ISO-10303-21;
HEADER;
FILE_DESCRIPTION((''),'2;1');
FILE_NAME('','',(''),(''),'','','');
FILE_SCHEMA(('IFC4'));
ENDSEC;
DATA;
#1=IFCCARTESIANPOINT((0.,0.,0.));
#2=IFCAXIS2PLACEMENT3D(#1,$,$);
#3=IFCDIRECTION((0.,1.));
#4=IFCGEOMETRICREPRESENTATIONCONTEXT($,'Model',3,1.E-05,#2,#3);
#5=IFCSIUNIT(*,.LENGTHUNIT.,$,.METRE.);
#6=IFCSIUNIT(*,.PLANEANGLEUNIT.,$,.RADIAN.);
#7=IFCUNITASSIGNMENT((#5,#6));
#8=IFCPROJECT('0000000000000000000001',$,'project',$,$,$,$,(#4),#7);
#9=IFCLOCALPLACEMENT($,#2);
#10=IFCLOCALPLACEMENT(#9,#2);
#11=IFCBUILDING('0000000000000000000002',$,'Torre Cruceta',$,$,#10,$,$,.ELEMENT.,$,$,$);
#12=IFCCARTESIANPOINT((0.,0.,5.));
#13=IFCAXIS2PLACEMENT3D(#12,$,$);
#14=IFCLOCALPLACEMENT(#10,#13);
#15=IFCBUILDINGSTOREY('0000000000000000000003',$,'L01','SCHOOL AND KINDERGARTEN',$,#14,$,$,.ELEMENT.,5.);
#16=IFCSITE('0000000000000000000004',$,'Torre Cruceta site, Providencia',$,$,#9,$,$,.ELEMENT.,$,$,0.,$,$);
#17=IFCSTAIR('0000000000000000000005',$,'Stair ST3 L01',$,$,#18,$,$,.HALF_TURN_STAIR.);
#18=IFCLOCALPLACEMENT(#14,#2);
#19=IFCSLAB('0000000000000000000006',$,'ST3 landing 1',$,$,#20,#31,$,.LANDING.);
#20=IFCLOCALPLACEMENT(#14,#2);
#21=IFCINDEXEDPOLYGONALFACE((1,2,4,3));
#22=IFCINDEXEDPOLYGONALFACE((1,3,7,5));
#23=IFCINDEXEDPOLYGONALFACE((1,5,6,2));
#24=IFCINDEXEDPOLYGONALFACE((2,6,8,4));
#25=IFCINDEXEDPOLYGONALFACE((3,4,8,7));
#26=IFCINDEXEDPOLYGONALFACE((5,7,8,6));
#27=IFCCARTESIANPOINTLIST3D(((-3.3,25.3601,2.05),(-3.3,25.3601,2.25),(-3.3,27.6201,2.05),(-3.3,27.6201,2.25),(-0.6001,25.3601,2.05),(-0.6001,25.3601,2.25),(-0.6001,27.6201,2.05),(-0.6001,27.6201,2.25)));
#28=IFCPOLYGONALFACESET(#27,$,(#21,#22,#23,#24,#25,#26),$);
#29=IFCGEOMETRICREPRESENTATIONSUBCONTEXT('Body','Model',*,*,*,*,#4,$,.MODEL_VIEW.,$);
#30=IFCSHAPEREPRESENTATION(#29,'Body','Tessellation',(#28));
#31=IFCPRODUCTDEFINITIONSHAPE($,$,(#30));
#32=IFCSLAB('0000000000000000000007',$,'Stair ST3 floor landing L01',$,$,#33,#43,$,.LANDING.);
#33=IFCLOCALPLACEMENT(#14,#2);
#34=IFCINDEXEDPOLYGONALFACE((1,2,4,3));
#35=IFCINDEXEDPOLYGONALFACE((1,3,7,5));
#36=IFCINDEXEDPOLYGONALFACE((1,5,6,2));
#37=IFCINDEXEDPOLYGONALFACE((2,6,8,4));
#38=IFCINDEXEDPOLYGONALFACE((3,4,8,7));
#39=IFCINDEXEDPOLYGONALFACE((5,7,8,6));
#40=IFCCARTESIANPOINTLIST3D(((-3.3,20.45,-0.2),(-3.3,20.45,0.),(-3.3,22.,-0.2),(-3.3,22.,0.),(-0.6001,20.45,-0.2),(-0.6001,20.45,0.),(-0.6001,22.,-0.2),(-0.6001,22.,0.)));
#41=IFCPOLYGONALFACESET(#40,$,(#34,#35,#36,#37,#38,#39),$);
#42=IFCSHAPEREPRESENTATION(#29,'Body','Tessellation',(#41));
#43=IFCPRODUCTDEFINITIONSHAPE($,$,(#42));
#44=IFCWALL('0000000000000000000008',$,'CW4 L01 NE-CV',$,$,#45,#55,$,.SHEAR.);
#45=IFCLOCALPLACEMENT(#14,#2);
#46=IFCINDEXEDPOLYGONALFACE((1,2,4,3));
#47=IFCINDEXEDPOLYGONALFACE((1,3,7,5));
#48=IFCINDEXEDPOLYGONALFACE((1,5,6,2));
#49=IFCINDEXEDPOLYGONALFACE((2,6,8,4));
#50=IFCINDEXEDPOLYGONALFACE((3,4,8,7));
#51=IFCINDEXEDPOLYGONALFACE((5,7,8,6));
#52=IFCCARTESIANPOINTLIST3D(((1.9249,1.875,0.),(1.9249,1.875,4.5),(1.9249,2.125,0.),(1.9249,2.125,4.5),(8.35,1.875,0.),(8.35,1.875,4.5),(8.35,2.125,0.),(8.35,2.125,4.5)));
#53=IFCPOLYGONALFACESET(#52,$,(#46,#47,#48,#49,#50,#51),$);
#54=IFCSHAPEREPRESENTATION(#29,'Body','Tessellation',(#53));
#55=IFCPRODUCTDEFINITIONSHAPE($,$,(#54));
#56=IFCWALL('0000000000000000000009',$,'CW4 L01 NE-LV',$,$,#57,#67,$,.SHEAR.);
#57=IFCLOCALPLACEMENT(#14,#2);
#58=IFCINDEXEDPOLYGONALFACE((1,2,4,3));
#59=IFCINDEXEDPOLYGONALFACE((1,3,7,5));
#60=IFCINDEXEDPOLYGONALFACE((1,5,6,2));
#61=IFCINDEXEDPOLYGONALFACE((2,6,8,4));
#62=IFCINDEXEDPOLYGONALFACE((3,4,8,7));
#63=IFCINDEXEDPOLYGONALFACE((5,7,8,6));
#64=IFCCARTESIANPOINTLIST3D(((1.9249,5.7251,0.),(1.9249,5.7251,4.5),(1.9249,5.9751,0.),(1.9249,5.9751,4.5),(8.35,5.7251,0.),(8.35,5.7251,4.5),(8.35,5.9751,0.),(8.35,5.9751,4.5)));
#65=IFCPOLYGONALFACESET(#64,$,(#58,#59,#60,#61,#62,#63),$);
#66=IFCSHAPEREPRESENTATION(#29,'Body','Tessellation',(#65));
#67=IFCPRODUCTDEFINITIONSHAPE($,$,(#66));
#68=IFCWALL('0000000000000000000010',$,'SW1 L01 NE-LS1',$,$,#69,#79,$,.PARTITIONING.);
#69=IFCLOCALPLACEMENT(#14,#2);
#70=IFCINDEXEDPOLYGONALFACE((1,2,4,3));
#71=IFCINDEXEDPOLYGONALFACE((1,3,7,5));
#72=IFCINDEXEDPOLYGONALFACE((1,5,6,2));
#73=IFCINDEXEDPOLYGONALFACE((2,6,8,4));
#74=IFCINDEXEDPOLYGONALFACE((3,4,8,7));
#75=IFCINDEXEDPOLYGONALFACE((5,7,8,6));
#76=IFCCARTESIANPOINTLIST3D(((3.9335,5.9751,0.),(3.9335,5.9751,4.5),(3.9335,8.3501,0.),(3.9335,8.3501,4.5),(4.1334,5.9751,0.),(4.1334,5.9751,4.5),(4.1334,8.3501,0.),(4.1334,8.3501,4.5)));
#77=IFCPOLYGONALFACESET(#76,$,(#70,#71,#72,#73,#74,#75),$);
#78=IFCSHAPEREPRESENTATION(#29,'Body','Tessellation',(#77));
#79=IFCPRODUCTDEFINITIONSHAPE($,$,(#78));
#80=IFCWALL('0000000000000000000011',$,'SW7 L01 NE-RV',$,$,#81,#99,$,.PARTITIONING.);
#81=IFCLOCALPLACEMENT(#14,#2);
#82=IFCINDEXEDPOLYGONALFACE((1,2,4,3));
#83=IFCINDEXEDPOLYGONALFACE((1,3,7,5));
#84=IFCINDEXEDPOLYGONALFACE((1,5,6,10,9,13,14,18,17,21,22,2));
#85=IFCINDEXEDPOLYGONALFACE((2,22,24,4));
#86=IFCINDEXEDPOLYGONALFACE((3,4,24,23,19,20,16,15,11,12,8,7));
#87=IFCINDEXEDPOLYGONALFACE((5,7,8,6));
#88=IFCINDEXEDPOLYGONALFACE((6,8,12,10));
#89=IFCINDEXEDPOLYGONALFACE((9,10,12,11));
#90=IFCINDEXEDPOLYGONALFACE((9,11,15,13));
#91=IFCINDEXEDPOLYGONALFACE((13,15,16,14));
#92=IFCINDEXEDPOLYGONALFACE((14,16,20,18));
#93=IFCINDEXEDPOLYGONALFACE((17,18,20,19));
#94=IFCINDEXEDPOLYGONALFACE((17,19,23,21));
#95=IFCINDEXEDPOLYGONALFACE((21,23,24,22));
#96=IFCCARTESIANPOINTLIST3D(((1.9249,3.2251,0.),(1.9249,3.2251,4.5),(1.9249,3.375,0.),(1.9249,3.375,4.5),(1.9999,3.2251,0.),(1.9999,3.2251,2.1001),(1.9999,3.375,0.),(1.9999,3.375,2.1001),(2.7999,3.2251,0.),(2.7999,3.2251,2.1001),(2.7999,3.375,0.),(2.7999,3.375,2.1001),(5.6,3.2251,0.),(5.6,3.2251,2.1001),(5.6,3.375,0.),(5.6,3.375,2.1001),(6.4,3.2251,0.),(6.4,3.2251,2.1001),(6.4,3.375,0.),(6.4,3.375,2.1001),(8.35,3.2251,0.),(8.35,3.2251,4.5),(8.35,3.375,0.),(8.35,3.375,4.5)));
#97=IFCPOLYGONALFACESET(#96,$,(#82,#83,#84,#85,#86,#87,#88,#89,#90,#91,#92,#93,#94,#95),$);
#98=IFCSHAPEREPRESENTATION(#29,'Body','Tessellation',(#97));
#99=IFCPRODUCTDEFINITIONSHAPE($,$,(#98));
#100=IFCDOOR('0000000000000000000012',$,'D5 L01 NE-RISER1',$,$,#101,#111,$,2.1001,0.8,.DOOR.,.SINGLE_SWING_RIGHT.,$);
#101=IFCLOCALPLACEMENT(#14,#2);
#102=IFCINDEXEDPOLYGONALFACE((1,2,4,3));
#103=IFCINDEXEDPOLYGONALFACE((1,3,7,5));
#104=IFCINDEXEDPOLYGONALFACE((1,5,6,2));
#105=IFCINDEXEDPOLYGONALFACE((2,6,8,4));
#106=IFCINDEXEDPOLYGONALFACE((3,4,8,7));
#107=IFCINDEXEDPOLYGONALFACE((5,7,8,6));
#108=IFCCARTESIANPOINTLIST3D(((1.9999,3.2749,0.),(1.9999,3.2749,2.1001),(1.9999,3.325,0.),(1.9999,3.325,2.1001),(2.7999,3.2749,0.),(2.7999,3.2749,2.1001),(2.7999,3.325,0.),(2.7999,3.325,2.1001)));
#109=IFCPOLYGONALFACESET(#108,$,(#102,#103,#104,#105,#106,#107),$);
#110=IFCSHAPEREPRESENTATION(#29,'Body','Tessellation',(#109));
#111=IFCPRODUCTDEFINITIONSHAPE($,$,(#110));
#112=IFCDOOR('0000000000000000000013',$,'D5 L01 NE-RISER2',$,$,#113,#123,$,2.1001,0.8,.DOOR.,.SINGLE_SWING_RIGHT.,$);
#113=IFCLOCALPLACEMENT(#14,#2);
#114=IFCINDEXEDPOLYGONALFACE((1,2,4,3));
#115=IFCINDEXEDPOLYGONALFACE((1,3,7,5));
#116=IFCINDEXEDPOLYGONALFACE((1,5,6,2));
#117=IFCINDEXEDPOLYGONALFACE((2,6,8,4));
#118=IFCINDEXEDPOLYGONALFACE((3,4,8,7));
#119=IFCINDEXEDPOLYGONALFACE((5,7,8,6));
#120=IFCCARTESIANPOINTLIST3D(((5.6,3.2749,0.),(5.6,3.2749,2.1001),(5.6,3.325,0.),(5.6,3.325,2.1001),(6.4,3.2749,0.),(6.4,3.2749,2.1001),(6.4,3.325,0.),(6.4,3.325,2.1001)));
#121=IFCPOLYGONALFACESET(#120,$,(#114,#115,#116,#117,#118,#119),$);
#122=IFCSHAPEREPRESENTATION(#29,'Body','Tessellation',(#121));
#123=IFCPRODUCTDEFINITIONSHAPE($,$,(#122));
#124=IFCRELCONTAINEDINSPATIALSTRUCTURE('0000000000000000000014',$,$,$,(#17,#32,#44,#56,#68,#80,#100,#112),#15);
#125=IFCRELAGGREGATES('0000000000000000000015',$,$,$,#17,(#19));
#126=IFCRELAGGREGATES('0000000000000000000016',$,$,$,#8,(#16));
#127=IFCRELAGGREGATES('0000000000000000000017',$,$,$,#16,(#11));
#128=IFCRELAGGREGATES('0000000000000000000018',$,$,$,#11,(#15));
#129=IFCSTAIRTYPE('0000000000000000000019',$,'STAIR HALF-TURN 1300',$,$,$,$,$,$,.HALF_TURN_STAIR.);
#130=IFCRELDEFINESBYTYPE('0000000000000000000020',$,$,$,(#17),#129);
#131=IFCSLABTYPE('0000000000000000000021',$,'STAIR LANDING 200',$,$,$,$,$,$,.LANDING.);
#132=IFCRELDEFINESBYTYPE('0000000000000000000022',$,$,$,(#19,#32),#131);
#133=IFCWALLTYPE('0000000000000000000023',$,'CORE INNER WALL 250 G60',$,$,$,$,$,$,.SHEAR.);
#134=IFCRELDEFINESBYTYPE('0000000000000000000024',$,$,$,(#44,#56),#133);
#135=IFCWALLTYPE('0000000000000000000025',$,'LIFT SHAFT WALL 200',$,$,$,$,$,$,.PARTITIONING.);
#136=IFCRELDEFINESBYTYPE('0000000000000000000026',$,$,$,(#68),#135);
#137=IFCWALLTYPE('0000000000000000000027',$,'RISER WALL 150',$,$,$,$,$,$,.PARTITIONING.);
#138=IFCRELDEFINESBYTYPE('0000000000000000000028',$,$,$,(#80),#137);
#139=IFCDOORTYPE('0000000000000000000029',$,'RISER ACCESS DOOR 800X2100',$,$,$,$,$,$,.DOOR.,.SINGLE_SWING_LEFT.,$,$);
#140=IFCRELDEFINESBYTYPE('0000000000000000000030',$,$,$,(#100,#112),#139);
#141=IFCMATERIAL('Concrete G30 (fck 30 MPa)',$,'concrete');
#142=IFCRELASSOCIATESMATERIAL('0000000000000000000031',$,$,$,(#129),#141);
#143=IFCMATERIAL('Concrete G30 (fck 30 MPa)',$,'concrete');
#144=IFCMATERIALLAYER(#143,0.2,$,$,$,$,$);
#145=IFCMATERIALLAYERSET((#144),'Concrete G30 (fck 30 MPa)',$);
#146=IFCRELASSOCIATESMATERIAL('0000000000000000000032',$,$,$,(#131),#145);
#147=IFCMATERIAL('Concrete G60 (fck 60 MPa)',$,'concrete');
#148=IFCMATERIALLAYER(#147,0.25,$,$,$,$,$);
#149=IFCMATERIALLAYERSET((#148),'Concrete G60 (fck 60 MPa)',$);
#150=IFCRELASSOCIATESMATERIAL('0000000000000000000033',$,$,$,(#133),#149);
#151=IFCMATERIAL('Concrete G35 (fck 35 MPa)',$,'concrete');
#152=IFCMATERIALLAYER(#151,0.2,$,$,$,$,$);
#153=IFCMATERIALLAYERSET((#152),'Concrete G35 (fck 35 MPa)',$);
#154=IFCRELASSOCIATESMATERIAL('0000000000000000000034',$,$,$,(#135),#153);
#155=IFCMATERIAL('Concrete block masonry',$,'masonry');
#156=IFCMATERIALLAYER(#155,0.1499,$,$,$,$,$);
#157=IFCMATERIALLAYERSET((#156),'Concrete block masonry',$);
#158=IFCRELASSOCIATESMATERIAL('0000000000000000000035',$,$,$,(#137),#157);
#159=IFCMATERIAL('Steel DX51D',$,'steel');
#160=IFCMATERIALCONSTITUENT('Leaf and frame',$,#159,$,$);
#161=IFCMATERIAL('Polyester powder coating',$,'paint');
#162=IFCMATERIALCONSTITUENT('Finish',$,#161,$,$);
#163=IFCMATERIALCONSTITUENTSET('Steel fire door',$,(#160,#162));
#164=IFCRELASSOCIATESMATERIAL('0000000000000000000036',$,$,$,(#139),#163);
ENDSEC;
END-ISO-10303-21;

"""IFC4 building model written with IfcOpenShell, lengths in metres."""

from ifc_helpers import new_model, si_unit, direction, frame, frame_2d, origin, place, context, subcontext, project, spatial, polyline, rectangle, outline, extrude, material, layer, layer_set, constituent, constituent_set, type_object, element, fill, aggregate, save


model = new_model("IFC4")

# Units and contexts
model_context = context("Model", 3, precision=1e-05, world=origin(), true_north=direction((0.0, 1.0)))
body_context = subcontext(model_context, "Body", "Model", "MODEL_VIEW")
ifc_project = project(units=[si_unit("LENGTHUNIT", "METRE"), si_unit("PLANEANGLEUNIT", "RADIAN")], contexts=[model_context])

# Site, building, storey
site_placement = place(None, origin())
site = spatial("IfcSite", under=ifc_project, at=site_placement, Name="Torre Cruceta site, Providencia", CompositionType="ELEMENT", RefElevation=0.0)
building_placement = place(site_placement, origin())
building = spatial("IfcBuilding", under=site, at=building_placement, Name="Torre Cruceta", CompositionType="ELEMENT")
storey_placement = place(building_placement, frame((0.0, 0.0, 5.0)))
storey = spatial("IfcBuildingStorey", under=building, at=storey_placement, Name="L01", Description="SCHOOL AND KINDERGARTEN", CompositionType="ELEMENT", Elevation=5.0)

# Stair, slab
ifc_material_1 = material(Name="Concrete G30 (fck 30 MPa)", Category="concrete")
stair_type = type_object("IfcStairType", Name="STAIR HALF-TURN 1300", PredefinedType="HALF_TURN_STAIR", material=ifc_material_1)
stair_placement = place(storey_placement, origin())
stair = element("IfcStair", 1, at=stair_placement, inside=storey, type_object=stair_type, Name="Stair ST3 L01", PredefinedType="HALF_TURN_STAIR")
ifc_material_2 = material(Name="Concrete G30 (fck 30 MPa)", Category="concrete")
ifc_layer_1 = layer(ifc_material_2, 0.2)
ifc_layer_set_1 = layer_set([ifc_layer_1], Name="Concrete G30 (fck 30 MPa)")
slab_type = type_object("IfcSlabType", Name="STAIR LANDING 200", PredefinedType="LANDING", material=ifc_layer_set_1)
slab_1_placement = place(storey_placement, frame((0.0, 0.0, 2.05)))
slab_1 = element("IfcSlab", 2, at=slab_1_placement, type_object=slab_type, Name="ST3 landing 1", PredefinedType="LANDING", context=body_context, shape_type="SweptSolid", body=[
    extrude(outline(polyline([(-0.6001, 25.3601), (-0.6001, 27.6201), (-3.3, 27.6201), (-3.3, 25.3601), (-0.6001, 25.3601)])), origin(), (0.0, 0.0, 1.0), 0.2),
])
aggregate(stair, [slab_1])

# Slab
slab_2_placement = place(storey_placement, frame((0.0, 0.0, -0.2)))
element("IfcSlab", 3, at=slab_2_placement, inside=storey, type_object=slab_type, Name="Stair ST3 floor landing L01", PredefinedType="LANDING", context=body_context, shape_type="SweptSolid", body=[
    extrude(outline(polyline([(-0.6001, 20.45), (-0.6001, 22.0), (-3.3, 22.0), (-3.3, 20.45), (-0.6001, 20.45)])), origin(), (0.0, 0.0, 1.0), 0.2),
])

# Shared definitions
ifc_material_3 = material(Name="Concrete G60 (fck 60 MPa)", Category="concrete")
ifc_layer_2 = layer(ifc_material_3, 0.25)
ifc_layer_set_2 = layer_set([ifc_layer_2], Name="Concrete G60 (fck 60 MPa)")
wall_type_1 = type_object("IfcWallType", Name="CORE INNER WALL 250 G60", PredefinedType="SHEAR", material=ifc_layer_set_2)

# Walls
for number, where, z_axis, x_axis, name in (
    (4, (1.925, 2.0, 0.0), (0.0, 0.0, 1.0), (1.0, 0.0, 0.0), "CW4 L01 NE-CV"),
    (5, (1.925, 5.8501, 0.0), (0.0, 0.0, 1.0), (1.0, 0.0, 0.0), "CW4 L01 NE-LV"),
):
    element("IfcWall", number, at=place(storey_placement, frame(where, z_axis=z_axis, x_axis=x_axis)), inside=storey, type_object=wall_type_1, Name=name, PredefinedType="SHEAR", context=body_context, shape_type="SweptSolid", body=[
        extrude(rectangle(XDim=6.425, YDim=0.25, at=frame_2d((3.2124, 0.0))), origin(), (0.0, 0.0, 1.0), 4.5),
    ])
ifc_material_4 = material(Name="Concrete G35 (fck 35 MPa)", Category="concrete")
ifc_layer_3 = layer(ifc_material_4, 0.2)
ifc_layer_set_3 = layer_set([ifc_layer_3], Name="Concrete G35 (fck 35 MPa)")
wall_type_2 = type_object("IfcWallType", Name="LIFT SHAFT WALL 200", PredefinedType="PARTITIONING", material=ifc_layer_set_3)
wall_1_placement = place(storey_placement, frame((4.0334, 5.9751, 0.0), z_axis=(0.0, 0.0, 1.0), x_axis=(0.0, 1.0, 0.0)))
element("IfcWall", 6, at=wall_1_placement, inside=storey, type_object=wall_type_2, Name="SW1 L01 NE-LS1", PredefinedType="PARTITIONING", context=body_context, shape_type="SweptSolid", body=[
    extrude(rectangle(XDim=2.375, YDim=0.2, at=frame_2d((1.1875, 0.0))), origin(), (0.0, 0.0, 1.0), 4.5),
])

# Wall, openings, doors
ifc_material_5 = material(Name="Concrete block masonry", Category="masonry")
ifc_layer_4 = layer(ifc_material_5, 0.1499)
ifc_layer_set_4 = layer_set([ifc_layer_4], Name="Concrete block masonry")
wall_type_3 = type_object("IfcWallType", Name="RISER WALL 150", PredefinedType="PARTITIONING", material=ifc_layer_set_4)
wall_2_placement = place(storey_placement, frame((1.925, 3.3, 0.0), z_axis=(0.0, 0.0, 1.0), x_axis=(1.0, 0.0, 0.0)))
wall_2 = element("IfcWall", 7, at=wall_2_placement, inside=storey, type_object=wall_type_3, Name="SW7 L01 NE-RV", PredefinedType="PARTITIONING", context=body_context, shape_type="SweptSolid", body=[
    extrude(rectangle(XDim=6.425, YDim=0.1499, at=frame_2d((3.2124, 0.0))), origin(), (0.0, 0.0, 1.0), 4.5),
])
opening_1_placement = place(wall_2_placement, frame((0.075, 0.0, 0.0)))
opening_1 = element("IfcOpeningElement", 8, at=opening_1_placement, cuts=wall_2, PredefinedType="OPENING", context=body_context, shape_type="SweptSolid", body=[
    extrude(rectangle(XDim=0.8, YDim=2.1001, at=frame_2d((0.3999, 1.05))), frame((0.0, 0.085, 0.0), z_axis=(0.0, -1.0, 0.0), x_axis=(1.0, 0.0, 0.0)), (0.0, 0.0, 1.0), 0.1699),
])
opening_2_placement = place(wall_2_placement, frame((3.675, 0.0, 0.0)))
opening_2 = element("IfcOpeningElement", 9, at=opening_2_placement, cuts=wall_2, PredefinedType="OPENING", context=body_context, shape_type="SweptSolid", body=[
    extrude(rectangle(XDim=0.8, YDim=2.1001, at=frame_2d((0.3999, 1.05))), frame((0.0, 0.085, 0.0), z_axis=(0.0, -1.0, 0.0), x_axis=(1.0, 0.0, 0.0)), (0.0, 0.0, 1.0), 0.1699),
])
ifc_material_6 = material(Name="Steel DX51D", Category="steel")
ifc_constituent_1 = constituent(ifc_material_6, Name="Leaf and frame")
ifc_material_7 = material(Name="Polyester powder coating", Category="paint")
ifc_constituent_2 = constituent(ifc_material_7, Name="Finish")
ifc_constituent_set_1 = constituent_set(constituents=[ifc_constituent_1, ifc_constituent_2], Name="Steel fire door")
door_type_1 = type_object("IfcDoorType", Name="RISER ACCESS DOOR 800X2100", OperationType="SINGLE_SWING_LEFT", PredefinedType="DOOR", material=ifc_constituent_set_1)
door_1_placement = place(opening_1_placement, frame((0.8, 0.0, 0.0), z_axis=(0.0, 0.0, 1.0), x_axis=(-1.0, 0.0, 0.0)))
door_1 = element("IfcDoor", 10, at=door_1_placement, inside=storey, type_object=door_type_1, Name="D5 L01 NE-RISER1", OperationType="SINGLE_SWING_RIGHT", OverallHeight=2.1001, OverallWidth=0.8, PredefinedType="DOOR", context=body_context, shape_type="SweptSolid", body=[
    extrude(rectangle(XDim=0.8, YDim=2.1001, at=frame_2d((0.4001, 1.05))), frame((0.0, 0.0251, 0.0), z_axis=(0.0, -1.0, 0.0), x_axis=(1.0, 0.0, 0.0)), (0.0, 0.0, 1.0), 0.05),
])
fill(opening_1, door_1)
door_2_placement = place(opening_2_placement, frame((0.8, 0.0, 0.0), z_axis=(0.0, 0.0, 1.0), x_axis=(-1.0, 0.0, 0.0)))
door_2 = element("IfcDoor", 11, at=door_2_placement, inside=storey, type_object=door_type_1, Name="D5 L01 NE-RISER2", OperationType="SINGLE_SWING_RIGHT", OverallHeight=2.1001, OverallWidth=0.8, PredefinedType="DOOR", context=body_context, shape_type="SweptSolid", body=[
    extrude(rectangle(XDim=0.8, YDim=2.1001, at=frame_2d((0.4001, 1.05))), frame((0.0, 0.0251, 0.0), z_axis=(0.0, -1.0, 0.0), x_axis=(1.0, 0.0, 0.0)), (0.0, 0.0, 1.0), 0.05),
])
fill(opening_2, door_2)

save(model, "model.ifc")
